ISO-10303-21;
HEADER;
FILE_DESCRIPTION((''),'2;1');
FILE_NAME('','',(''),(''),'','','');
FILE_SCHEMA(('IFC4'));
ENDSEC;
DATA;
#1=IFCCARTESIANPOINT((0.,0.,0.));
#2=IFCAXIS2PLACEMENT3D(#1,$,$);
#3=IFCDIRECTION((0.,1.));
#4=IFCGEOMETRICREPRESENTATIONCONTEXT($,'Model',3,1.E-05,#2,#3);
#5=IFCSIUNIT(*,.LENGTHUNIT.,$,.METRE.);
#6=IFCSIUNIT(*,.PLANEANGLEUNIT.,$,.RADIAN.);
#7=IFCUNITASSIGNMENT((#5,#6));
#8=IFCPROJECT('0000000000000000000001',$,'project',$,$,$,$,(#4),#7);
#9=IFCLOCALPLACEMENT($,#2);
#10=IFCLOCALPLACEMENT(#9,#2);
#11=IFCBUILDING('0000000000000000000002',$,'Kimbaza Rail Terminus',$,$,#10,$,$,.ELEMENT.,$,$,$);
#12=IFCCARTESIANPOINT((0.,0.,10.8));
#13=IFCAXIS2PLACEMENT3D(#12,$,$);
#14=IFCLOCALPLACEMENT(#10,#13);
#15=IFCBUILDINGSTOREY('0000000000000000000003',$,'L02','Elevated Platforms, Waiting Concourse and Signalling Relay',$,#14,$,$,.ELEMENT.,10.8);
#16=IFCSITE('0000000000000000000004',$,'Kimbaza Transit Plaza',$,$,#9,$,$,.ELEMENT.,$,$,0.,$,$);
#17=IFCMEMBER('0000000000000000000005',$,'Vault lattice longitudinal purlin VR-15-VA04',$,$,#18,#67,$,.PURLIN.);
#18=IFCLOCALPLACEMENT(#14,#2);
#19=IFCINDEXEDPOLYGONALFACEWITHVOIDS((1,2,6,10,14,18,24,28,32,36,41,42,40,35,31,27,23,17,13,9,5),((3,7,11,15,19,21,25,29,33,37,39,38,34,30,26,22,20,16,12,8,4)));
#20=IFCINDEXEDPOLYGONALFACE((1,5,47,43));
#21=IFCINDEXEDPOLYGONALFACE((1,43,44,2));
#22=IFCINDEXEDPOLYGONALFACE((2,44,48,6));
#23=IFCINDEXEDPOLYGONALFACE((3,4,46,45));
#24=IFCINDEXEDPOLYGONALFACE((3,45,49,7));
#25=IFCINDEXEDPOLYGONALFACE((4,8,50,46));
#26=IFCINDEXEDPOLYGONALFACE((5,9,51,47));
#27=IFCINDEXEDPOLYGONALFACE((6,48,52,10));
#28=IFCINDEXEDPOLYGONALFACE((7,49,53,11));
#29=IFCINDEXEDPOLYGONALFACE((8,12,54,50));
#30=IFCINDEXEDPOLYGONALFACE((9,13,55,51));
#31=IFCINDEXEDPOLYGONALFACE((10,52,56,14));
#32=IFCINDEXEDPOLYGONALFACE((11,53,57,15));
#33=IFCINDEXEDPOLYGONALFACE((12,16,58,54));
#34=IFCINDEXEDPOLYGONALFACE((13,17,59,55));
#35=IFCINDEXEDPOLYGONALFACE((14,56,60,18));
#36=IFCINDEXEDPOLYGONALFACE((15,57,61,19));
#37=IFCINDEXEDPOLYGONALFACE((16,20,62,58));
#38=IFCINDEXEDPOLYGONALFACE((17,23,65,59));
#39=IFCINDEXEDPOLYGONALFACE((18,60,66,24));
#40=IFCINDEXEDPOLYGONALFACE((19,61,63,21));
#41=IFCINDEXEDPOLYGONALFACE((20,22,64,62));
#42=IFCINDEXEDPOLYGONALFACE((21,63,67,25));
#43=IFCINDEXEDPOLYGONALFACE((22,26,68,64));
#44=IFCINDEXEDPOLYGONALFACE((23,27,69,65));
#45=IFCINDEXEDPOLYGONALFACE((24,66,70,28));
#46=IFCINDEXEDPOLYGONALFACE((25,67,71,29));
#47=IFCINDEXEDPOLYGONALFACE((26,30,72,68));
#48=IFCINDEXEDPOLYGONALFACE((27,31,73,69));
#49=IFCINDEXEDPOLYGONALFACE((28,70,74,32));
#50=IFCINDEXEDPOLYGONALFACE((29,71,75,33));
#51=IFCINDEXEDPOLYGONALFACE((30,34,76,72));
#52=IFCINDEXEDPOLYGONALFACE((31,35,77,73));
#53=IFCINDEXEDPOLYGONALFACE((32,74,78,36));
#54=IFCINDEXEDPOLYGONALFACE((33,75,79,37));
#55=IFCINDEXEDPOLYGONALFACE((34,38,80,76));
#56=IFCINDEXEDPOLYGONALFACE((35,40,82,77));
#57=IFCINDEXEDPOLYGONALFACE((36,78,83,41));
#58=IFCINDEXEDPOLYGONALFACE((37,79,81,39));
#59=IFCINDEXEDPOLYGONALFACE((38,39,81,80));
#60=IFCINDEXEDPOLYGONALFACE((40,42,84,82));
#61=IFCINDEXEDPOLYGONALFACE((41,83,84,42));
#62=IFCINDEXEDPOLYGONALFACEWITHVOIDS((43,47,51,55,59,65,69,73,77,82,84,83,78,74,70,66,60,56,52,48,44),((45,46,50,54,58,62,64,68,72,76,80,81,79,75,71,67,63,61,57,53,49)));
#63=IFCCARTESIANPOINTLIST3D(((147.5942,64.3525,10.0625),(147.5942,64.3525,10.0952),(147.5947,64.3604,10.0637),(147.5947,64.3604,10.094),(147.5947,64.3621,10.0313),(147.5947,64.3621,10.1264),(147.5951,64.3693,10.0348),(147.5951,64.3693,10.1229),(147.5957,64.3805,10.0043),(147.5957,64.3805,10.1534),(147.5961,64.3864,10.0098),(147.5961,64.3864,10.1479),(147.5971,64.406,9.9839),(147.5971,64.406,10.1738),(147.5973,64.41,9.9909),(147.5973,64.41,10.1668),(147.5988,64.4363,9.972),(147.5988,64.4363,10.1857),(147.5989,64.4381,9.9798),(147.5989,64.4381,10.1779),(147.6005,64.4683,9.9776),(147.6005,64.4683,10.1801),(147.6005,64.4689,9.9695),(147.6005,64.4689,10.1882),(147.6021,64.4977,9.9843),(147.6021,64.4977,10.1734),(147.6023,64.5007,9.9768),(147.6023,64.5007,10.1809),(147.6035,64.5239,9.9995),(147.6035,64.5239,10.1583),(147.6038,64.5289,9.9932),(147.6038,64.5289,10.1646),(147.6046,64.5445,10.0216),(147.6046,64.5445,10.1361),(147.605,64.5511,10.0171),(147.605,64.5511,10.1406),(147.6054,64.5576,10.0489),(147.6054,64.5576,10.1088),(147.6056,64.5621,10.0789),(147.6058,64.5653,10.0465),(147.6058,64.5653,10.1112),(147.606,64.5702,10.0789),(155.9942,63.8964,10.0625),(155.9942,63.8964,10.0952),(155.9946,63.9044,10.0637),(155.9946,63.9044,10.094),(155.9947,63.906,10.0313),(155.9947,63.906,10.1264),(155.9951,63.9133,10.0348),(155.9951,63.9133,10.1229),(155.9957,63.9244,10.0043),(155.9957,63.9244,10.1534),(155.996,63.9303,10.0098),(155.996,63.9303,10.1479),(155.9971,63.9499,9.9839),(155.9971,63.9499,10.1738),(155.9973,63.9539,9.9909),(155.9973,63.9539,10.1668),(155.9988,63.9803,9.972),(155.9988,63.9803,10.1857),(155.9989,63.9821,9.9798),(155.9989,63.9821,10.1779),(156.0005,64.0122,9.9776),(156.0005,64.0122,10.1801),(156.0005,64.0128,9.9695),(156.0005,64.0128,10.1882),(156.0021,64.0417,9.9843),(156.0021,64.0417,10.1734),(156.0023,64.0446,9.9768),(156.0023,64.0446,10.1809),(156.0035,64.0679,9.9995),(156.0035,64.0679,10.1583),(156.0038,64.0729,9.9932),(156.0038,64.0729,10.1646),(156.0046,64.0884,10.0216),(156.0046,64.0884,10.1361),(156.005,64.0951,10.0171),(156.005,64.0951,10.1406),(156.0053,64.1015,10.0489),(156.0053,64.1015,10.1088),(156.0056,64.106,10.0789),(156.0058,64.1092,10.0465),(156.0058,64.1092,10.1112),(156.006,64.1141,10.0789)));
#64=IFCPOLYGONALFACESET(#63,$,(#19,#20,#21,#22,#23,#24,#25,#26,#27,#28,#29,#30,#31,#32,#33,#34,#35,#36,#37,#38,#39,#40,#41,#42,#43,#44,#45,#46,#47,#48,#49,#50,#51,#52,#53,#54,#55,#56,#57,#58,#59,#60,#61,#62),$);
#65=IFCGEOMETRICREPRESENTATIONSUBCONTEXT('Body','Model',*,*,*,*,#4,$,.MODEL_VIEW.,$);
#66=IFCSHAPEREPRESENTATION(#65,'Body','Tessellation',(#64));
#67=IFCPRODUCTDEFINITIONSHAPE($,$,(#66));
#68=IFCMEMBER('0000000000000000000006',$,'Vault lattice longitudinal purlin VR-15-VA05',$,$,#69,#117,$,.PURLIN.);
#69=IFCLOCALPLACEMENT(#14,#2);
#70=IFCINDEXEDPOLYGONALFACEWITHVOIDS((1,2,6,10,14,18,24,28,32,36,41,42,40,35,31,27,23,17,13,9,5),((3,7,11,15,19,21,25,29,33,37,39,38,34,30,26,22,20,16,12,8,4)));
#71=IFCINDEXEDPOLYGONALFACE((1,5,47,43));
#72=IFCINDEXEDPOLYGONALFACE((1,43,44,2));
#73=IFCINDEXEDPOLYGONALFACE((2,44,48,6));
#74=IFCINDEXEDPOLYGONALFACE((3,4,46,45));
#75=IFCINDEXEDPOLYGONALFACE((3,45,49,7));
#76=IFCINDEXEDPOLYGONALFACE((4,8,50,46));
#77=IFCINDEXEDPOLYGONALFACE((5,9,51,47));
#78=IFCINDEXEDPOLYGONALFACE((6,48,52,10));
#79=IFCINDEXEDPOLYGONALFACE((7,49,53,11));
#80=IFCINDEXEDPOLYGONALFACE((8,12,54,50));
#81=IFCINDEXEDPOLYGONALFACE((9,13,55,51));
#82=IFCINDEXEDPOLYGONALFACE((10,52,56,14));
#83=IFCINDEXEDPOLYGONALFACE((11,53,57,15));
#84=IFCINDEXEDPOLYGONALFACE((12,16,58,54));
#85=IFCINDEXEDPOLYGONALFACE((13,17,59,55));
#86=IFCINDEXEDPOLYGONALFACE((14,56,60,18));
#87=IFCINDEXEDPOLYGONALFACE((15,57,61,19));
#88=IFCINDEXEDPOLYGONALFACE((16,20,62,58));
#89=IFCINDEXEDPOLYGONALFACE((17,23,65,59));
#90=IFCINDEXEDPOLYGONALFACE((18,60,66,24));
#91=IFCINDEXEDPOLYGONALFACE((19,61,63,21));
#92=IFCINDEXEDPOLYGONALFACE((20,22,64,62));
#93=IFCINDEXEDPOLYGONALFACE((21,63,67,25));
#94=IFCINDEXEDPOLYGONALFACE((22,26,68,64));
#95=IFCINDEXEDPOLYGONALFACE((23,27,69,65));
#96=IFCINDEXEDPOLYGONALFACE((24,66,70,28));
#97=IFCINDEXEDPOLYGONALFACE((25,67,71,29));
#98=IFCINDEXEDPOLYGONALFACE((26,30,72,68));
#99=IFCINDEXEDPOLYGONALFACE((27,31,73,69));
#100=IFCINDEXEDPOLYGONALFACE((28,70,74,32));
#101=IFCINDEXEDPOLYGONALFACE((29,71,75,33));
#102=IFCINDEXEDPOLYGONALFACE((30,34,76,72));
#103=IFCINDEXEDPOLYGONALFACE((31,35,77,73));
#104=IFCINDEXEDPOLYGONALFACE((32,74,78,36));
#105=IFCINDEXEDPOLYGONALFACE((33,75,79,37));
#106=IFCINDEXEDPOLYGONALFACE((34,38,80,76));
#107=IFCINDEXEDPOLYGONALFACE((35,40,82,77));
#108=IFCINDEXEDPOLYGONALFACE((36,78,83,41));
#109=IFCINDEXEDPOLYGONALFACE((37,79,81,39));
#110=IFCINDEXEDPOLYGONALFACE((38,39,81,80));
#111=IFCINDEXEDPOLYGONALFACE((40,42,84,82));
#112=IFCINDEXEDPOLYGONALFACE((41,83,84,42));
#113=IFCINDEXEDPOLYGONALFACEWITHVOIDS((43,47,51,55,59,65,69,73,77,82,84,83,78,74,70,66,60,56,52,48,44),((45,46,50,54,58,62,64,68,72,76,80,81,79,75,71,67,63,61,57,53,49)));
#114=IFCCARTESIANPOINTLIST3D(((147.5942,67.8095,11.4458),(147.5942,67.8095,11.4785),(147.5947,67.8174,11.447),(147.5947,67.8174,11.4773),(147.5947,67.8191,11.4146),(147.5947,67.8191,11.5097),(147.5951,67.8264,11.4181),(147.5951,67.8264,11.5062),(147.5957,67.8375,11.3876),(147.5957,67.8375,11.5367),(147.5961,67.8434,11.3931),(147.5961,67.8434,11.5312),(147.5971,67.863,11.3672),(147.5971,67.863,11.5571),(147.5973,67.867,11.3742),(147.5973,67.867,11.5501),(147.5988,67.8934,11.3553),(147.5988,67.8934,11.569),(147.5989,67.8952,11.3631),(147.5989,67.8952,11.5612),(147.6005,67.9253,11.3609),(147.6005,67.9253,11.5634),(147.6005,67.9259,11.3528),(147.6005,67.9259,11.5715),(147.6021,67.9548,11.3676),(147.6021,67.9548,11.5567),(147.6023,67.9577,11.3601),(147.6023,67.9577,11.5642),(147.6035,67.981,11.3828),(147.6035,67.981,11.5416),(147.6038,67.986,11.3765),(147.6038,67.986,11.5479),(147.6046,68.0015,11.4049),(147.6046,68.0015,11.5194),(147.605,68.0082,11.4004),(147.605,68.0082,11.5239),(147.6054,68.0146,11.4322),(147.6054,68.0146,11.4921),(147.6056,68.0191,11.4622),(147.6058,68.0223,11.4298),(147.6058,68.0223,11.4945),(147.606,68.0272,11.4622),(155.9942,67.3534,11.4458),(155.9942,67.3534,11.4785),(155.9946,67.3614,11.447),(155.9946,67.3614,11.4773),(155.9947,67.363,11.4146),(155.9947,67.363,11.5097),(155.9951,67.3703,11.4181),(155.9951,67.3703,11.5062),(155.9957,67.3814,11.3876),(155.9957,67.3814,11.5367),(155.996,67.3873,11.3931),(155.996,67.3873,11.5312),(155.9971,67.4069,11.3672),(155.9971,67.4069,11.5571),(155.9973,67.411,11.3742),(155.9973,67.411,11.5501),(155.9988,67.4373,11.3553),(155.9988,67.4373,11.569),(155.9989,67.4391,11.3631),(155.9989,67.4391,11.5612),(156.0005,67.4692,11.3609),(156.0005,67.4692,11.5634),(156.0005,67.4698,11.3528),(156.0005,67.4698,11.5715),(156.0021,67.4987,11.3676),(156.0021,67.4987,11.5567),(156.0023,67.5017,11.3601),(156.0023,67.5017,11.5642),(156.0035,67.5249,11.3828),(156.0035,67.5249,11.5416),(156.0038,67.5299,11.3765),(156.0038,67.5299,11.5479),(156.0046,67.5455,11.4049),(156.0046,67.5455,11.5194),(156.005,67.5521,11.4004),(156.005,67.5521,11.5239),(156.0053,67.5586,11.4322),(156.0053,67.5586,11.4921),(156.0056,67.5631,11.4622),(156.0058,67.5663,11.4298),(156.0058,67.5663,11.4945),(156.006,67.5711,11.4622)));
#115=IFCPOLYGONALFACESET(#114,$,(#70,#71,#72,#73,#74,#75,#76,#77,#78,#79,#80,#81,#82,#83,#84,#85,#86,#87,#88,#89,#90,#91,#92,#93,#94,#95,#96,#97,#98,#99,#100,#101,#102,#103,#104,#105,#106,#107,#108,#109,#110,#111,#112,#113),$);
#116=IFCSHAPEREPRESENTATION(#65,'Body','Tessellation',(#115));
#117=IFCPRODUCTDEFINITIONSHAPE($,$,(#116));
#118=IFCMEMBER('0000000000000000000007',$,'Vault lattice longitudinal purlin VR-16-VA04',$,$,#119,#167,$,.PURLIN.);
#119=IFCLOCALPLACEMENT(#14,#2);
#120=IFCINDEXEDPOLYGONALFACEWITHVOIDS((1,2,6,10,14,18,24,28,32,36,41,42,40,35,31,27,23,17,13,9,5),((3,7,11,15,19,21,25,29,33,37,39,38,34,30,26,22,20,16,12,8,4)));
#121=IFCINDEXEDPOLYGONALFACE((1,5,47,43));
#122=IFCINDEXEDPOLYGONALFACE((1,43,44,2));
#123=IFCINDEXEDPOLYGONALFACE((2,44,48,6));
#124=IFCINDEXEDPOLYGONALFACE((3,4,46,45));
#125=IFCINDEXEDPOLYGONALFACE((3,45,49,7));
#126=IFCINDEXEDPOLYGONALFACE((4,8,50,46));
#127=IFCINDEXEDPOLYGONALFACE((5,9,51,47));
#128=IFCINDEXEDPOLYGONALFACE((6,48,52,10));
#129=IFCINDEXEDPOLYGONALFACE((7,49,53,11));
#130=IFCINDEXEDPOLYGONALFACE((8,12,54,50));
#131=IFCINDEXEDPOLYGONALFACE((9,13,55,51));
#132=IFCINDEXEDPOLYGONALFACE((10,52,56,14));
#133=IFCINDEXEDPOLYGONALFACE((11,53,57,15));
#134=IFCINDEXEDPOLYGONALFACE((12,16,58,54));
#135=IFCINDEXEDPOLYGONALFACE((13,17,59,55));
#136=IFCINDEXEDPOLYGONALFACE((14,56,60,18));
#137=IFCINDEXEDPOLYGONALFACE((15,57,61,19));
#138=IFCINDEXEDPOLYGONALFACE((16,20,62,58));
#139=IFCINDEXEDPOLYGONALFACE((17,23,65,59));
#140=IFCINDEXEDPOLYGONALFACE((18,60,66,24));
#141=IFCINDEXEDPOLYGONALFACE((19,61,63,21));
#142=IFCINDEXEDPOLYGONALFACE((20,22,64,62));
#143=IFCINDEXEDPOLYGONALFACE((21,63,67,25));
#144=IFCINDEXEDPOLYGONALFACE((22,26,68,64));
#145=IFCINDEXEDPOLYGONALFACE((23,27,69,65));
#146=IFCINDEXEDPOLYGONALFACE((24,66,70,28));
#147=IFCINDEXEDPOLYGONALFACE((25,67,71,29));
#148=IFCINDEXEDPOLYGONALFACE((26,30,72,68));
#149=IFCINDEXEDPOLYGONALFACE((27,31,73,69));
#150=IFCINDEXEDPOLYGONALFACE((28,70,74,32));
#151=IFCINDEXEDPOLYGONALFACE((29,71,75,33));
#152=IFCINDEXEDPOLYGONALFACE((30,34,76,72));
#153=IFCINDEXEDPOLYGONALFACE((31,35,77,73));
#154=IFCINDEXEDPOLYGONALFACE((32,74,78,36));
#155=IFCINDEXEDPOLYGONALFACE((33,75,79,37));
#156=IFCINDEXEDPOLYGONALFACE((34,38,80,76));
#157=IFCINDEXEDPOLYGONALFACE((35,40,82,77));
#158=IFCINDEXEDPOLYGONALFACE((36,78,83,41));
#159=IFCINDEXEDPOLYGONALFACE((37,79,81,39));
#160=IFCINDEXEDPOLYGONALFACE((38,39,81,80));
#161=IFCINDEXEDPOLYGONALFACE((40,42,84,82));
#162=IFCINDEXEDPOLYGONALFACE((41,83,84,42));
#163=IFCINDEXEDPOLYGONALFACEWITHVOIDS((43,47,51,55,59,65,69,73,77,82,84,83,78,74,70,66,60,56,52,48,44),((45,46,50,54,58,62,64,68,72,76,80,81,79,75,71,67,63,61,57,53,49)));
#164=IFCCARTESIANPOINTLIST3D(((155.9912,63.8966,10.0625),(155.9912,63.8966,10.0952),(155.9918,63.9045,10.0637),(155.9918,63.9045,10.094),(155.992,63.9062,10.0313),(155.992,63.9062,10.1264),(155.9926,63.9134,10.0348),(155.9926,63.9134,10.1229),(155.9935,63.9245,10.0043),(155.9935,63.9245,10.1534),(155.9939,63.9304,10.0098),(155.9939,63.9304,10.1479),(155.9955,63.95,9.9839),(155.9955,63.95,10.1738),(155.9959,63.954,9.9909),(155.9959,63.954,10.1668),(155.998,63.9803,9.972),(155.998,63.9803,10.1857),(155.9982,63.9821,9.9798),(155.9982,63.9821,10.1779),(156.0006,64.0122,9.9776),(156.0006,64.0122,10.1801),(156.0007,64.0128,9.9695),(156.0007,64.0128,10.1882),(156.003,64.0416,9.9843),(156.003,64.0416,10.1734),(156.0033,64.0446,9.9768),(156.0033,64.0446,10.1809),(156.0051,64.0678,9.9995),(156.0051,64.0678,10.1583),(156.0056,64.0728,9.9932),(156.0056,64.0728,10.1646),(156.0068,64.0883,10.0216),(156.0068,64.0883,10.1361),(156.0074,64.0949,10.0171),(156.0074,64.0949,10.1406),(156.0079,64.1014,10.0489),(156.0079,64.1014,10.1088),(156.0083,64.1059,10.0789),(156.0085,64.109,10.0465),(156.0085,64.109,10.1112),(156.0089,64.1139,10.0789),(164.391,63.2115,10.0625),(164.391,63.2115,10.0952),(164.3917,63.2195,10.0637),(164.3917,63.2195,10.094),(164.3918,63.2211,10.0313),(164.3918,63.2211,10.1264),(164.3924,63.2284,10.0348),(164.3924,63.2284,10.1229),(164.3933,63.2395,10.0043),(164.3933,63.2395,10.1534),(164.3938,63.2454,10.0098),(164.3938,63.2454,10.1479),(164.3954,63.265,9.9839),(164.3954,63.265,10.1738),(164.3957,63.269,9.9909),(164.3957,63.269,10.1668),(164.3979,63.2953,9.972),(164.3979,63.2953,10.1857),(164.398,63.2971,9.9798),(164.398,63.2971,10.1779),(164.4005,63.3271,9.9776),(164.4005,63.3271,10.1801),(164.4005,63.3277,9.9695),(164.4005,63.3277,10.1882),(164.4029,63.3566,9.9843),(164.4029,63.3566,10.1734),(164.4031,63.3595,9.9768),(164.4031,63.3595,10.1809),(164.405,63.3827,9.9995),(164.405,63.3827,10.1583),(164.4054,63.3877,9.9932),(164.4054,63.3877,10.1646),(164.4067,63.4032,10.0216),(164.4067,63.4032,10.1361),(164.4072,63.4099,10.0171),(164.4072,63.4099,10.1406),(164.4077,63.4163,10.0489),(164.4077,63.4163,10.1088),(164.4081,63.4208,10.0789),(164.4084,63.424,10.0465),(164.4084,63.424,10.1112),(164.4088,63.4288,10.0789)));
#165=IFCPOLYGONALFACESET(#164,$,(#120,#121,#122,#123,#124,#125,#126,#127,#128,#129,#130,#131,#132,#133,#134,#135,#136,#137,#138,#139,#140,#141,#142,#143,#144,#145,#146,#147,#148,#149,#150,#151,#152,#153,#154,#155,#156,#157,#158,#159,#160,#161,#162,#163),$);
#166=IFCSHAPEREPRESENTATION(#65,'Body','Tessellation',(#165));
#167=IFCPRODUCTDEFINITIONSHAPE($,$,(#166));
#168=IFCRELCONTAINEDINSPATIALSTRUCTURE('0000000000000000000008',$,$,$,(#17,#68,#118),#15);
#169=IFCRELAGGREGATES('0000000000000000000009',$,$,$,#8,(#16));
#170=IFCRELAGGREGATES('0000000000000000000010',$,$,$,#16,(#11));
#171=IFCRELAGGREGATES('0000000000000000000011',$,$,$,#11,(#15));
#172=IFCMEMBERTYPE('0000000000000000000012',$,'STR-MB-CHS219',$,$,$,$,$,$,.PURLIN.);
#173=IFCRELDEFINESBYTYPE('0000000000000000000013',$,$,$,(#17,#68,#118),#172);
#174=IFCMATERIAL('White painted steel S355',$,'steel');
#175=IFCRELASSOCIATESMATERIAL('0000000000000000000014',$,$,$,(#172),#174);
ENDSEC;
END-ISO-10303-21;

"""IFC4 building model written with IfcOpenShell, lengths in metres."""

from ifc_helpers import new_model, si_unit, direction, frame, origin, origin_2d, place, context, subcontext, project, spatial, hollow_circle, extrude, material, material_profile, profile_set, type_object, element, save


model = new_model("IFC4")

# Units and contexts
model_context = context("Model", 3, precision=1e-05, world=origin(), true_north=direction((0.0, 1.0)))
body_context = subcontext(model_context, "Body", "Model", "MODEL_VIEW")
ifc_project = project(units=[si_unit("LENGTHUNIT", "METRE"), si_unit("PLANEANGLEUNIT", "RADIAN")], contexts=[model_context])

# Site, building, storey
site_placement = place(None, origin())
site = spatial("IfcSite", under=ifc_project, at=site_placement, Name="Kimbaza Transit Plaza", CompositionType="ELEMENT", RefElevation=0.0)
building_placement = place(site_placement, origin())
building = spatial("IfcBuilding", under=site, at=building_placement, Name="Kimbaza Rail Terminus", CompositionType="ELEMENT")
storey_placement = place(building_placement, frame((0.0, 0.0, 10.8)))
storey = spatial("IfcBuildingStorey", under=building, at=storey_placement, Name="L02", Description="Elevated Platforms, Waiting Concourse and Signalling Relay", CompositionType="ELEMENT", Elevation=10.8)

# Members
ifc_material_1 = material(Name="White painted steel S355", Category="steel")
ifc_material_profile_1 = material_profile(ifc_material_1, hollow_circle(Radius=0.1096, WallThickness=0.0081, at=origin_2d()), Name="CHS 219.1x8")
ifc_profile_set_1 = profile_set([ifc_material_profile_1], Name="White painted steel S355")
member_type_1 = type_object("IfcMemberType", Name="STR-MB-CHS219", PredefinedType="PURLIN", material=ifc_profile_set_1)
for number, where, z_axis, x_axis, name in (
    (1, (147.6001, 64.4607, 10.0789), (0.998529, -0.054213, 0.0), (0.054213, 0.998529, 0.0), "Vault lattice longitudinal purlin VR-15-VA04"),
    (2, (147.6001, 67.9177, 11.4622), (0.998529, -0.054213, 0.0), (0.054213, 0.998529, 0.0), "Vault lattice longitudinal purlin VR-15-VA05"),
):
    element("IfcMember", number, at=place(storey_placement, frame(where, z_axis=z_axis, x_axis=x_axis)), inside=storey, type_object=member_type_1, Name=name, PredefinedType="PURLIN", context=body_context, shape_type="SweptSolid", body=[
        extrude(hollow_circle(Radius=0.1096, WallThickness=0.0081, at=origin_2d()), origin(), (0.0, 0.0, 1.0), 8.4124),
    ])
for number, where, z_axis, x_axis, name in (
    (3, (156.0, 64.0046, 10.0789), (0.996691, -0.081286, 0.0), (0.081286, 0.996691, 0.0), "Vault lattice longitudinal purlin VR-16-VA04"),
):
    element("IfcMember", number, at=place(storey_placement, frame(where, z_axis=z_axis, x_axis=x_axis)), inside=storey, type_object=member_type_1, Name=name, PredefinedType="PURLIN", context=body_context, shape_type="SweptSolid", body=[
        extrude(hollow_circle(Radius=0.1096, WallThickness=0.0081, at=origin_2d()), origin(), (0.0, 0.0, 1.0), 8.4277),
    ])

save(model, "model.ifc")
